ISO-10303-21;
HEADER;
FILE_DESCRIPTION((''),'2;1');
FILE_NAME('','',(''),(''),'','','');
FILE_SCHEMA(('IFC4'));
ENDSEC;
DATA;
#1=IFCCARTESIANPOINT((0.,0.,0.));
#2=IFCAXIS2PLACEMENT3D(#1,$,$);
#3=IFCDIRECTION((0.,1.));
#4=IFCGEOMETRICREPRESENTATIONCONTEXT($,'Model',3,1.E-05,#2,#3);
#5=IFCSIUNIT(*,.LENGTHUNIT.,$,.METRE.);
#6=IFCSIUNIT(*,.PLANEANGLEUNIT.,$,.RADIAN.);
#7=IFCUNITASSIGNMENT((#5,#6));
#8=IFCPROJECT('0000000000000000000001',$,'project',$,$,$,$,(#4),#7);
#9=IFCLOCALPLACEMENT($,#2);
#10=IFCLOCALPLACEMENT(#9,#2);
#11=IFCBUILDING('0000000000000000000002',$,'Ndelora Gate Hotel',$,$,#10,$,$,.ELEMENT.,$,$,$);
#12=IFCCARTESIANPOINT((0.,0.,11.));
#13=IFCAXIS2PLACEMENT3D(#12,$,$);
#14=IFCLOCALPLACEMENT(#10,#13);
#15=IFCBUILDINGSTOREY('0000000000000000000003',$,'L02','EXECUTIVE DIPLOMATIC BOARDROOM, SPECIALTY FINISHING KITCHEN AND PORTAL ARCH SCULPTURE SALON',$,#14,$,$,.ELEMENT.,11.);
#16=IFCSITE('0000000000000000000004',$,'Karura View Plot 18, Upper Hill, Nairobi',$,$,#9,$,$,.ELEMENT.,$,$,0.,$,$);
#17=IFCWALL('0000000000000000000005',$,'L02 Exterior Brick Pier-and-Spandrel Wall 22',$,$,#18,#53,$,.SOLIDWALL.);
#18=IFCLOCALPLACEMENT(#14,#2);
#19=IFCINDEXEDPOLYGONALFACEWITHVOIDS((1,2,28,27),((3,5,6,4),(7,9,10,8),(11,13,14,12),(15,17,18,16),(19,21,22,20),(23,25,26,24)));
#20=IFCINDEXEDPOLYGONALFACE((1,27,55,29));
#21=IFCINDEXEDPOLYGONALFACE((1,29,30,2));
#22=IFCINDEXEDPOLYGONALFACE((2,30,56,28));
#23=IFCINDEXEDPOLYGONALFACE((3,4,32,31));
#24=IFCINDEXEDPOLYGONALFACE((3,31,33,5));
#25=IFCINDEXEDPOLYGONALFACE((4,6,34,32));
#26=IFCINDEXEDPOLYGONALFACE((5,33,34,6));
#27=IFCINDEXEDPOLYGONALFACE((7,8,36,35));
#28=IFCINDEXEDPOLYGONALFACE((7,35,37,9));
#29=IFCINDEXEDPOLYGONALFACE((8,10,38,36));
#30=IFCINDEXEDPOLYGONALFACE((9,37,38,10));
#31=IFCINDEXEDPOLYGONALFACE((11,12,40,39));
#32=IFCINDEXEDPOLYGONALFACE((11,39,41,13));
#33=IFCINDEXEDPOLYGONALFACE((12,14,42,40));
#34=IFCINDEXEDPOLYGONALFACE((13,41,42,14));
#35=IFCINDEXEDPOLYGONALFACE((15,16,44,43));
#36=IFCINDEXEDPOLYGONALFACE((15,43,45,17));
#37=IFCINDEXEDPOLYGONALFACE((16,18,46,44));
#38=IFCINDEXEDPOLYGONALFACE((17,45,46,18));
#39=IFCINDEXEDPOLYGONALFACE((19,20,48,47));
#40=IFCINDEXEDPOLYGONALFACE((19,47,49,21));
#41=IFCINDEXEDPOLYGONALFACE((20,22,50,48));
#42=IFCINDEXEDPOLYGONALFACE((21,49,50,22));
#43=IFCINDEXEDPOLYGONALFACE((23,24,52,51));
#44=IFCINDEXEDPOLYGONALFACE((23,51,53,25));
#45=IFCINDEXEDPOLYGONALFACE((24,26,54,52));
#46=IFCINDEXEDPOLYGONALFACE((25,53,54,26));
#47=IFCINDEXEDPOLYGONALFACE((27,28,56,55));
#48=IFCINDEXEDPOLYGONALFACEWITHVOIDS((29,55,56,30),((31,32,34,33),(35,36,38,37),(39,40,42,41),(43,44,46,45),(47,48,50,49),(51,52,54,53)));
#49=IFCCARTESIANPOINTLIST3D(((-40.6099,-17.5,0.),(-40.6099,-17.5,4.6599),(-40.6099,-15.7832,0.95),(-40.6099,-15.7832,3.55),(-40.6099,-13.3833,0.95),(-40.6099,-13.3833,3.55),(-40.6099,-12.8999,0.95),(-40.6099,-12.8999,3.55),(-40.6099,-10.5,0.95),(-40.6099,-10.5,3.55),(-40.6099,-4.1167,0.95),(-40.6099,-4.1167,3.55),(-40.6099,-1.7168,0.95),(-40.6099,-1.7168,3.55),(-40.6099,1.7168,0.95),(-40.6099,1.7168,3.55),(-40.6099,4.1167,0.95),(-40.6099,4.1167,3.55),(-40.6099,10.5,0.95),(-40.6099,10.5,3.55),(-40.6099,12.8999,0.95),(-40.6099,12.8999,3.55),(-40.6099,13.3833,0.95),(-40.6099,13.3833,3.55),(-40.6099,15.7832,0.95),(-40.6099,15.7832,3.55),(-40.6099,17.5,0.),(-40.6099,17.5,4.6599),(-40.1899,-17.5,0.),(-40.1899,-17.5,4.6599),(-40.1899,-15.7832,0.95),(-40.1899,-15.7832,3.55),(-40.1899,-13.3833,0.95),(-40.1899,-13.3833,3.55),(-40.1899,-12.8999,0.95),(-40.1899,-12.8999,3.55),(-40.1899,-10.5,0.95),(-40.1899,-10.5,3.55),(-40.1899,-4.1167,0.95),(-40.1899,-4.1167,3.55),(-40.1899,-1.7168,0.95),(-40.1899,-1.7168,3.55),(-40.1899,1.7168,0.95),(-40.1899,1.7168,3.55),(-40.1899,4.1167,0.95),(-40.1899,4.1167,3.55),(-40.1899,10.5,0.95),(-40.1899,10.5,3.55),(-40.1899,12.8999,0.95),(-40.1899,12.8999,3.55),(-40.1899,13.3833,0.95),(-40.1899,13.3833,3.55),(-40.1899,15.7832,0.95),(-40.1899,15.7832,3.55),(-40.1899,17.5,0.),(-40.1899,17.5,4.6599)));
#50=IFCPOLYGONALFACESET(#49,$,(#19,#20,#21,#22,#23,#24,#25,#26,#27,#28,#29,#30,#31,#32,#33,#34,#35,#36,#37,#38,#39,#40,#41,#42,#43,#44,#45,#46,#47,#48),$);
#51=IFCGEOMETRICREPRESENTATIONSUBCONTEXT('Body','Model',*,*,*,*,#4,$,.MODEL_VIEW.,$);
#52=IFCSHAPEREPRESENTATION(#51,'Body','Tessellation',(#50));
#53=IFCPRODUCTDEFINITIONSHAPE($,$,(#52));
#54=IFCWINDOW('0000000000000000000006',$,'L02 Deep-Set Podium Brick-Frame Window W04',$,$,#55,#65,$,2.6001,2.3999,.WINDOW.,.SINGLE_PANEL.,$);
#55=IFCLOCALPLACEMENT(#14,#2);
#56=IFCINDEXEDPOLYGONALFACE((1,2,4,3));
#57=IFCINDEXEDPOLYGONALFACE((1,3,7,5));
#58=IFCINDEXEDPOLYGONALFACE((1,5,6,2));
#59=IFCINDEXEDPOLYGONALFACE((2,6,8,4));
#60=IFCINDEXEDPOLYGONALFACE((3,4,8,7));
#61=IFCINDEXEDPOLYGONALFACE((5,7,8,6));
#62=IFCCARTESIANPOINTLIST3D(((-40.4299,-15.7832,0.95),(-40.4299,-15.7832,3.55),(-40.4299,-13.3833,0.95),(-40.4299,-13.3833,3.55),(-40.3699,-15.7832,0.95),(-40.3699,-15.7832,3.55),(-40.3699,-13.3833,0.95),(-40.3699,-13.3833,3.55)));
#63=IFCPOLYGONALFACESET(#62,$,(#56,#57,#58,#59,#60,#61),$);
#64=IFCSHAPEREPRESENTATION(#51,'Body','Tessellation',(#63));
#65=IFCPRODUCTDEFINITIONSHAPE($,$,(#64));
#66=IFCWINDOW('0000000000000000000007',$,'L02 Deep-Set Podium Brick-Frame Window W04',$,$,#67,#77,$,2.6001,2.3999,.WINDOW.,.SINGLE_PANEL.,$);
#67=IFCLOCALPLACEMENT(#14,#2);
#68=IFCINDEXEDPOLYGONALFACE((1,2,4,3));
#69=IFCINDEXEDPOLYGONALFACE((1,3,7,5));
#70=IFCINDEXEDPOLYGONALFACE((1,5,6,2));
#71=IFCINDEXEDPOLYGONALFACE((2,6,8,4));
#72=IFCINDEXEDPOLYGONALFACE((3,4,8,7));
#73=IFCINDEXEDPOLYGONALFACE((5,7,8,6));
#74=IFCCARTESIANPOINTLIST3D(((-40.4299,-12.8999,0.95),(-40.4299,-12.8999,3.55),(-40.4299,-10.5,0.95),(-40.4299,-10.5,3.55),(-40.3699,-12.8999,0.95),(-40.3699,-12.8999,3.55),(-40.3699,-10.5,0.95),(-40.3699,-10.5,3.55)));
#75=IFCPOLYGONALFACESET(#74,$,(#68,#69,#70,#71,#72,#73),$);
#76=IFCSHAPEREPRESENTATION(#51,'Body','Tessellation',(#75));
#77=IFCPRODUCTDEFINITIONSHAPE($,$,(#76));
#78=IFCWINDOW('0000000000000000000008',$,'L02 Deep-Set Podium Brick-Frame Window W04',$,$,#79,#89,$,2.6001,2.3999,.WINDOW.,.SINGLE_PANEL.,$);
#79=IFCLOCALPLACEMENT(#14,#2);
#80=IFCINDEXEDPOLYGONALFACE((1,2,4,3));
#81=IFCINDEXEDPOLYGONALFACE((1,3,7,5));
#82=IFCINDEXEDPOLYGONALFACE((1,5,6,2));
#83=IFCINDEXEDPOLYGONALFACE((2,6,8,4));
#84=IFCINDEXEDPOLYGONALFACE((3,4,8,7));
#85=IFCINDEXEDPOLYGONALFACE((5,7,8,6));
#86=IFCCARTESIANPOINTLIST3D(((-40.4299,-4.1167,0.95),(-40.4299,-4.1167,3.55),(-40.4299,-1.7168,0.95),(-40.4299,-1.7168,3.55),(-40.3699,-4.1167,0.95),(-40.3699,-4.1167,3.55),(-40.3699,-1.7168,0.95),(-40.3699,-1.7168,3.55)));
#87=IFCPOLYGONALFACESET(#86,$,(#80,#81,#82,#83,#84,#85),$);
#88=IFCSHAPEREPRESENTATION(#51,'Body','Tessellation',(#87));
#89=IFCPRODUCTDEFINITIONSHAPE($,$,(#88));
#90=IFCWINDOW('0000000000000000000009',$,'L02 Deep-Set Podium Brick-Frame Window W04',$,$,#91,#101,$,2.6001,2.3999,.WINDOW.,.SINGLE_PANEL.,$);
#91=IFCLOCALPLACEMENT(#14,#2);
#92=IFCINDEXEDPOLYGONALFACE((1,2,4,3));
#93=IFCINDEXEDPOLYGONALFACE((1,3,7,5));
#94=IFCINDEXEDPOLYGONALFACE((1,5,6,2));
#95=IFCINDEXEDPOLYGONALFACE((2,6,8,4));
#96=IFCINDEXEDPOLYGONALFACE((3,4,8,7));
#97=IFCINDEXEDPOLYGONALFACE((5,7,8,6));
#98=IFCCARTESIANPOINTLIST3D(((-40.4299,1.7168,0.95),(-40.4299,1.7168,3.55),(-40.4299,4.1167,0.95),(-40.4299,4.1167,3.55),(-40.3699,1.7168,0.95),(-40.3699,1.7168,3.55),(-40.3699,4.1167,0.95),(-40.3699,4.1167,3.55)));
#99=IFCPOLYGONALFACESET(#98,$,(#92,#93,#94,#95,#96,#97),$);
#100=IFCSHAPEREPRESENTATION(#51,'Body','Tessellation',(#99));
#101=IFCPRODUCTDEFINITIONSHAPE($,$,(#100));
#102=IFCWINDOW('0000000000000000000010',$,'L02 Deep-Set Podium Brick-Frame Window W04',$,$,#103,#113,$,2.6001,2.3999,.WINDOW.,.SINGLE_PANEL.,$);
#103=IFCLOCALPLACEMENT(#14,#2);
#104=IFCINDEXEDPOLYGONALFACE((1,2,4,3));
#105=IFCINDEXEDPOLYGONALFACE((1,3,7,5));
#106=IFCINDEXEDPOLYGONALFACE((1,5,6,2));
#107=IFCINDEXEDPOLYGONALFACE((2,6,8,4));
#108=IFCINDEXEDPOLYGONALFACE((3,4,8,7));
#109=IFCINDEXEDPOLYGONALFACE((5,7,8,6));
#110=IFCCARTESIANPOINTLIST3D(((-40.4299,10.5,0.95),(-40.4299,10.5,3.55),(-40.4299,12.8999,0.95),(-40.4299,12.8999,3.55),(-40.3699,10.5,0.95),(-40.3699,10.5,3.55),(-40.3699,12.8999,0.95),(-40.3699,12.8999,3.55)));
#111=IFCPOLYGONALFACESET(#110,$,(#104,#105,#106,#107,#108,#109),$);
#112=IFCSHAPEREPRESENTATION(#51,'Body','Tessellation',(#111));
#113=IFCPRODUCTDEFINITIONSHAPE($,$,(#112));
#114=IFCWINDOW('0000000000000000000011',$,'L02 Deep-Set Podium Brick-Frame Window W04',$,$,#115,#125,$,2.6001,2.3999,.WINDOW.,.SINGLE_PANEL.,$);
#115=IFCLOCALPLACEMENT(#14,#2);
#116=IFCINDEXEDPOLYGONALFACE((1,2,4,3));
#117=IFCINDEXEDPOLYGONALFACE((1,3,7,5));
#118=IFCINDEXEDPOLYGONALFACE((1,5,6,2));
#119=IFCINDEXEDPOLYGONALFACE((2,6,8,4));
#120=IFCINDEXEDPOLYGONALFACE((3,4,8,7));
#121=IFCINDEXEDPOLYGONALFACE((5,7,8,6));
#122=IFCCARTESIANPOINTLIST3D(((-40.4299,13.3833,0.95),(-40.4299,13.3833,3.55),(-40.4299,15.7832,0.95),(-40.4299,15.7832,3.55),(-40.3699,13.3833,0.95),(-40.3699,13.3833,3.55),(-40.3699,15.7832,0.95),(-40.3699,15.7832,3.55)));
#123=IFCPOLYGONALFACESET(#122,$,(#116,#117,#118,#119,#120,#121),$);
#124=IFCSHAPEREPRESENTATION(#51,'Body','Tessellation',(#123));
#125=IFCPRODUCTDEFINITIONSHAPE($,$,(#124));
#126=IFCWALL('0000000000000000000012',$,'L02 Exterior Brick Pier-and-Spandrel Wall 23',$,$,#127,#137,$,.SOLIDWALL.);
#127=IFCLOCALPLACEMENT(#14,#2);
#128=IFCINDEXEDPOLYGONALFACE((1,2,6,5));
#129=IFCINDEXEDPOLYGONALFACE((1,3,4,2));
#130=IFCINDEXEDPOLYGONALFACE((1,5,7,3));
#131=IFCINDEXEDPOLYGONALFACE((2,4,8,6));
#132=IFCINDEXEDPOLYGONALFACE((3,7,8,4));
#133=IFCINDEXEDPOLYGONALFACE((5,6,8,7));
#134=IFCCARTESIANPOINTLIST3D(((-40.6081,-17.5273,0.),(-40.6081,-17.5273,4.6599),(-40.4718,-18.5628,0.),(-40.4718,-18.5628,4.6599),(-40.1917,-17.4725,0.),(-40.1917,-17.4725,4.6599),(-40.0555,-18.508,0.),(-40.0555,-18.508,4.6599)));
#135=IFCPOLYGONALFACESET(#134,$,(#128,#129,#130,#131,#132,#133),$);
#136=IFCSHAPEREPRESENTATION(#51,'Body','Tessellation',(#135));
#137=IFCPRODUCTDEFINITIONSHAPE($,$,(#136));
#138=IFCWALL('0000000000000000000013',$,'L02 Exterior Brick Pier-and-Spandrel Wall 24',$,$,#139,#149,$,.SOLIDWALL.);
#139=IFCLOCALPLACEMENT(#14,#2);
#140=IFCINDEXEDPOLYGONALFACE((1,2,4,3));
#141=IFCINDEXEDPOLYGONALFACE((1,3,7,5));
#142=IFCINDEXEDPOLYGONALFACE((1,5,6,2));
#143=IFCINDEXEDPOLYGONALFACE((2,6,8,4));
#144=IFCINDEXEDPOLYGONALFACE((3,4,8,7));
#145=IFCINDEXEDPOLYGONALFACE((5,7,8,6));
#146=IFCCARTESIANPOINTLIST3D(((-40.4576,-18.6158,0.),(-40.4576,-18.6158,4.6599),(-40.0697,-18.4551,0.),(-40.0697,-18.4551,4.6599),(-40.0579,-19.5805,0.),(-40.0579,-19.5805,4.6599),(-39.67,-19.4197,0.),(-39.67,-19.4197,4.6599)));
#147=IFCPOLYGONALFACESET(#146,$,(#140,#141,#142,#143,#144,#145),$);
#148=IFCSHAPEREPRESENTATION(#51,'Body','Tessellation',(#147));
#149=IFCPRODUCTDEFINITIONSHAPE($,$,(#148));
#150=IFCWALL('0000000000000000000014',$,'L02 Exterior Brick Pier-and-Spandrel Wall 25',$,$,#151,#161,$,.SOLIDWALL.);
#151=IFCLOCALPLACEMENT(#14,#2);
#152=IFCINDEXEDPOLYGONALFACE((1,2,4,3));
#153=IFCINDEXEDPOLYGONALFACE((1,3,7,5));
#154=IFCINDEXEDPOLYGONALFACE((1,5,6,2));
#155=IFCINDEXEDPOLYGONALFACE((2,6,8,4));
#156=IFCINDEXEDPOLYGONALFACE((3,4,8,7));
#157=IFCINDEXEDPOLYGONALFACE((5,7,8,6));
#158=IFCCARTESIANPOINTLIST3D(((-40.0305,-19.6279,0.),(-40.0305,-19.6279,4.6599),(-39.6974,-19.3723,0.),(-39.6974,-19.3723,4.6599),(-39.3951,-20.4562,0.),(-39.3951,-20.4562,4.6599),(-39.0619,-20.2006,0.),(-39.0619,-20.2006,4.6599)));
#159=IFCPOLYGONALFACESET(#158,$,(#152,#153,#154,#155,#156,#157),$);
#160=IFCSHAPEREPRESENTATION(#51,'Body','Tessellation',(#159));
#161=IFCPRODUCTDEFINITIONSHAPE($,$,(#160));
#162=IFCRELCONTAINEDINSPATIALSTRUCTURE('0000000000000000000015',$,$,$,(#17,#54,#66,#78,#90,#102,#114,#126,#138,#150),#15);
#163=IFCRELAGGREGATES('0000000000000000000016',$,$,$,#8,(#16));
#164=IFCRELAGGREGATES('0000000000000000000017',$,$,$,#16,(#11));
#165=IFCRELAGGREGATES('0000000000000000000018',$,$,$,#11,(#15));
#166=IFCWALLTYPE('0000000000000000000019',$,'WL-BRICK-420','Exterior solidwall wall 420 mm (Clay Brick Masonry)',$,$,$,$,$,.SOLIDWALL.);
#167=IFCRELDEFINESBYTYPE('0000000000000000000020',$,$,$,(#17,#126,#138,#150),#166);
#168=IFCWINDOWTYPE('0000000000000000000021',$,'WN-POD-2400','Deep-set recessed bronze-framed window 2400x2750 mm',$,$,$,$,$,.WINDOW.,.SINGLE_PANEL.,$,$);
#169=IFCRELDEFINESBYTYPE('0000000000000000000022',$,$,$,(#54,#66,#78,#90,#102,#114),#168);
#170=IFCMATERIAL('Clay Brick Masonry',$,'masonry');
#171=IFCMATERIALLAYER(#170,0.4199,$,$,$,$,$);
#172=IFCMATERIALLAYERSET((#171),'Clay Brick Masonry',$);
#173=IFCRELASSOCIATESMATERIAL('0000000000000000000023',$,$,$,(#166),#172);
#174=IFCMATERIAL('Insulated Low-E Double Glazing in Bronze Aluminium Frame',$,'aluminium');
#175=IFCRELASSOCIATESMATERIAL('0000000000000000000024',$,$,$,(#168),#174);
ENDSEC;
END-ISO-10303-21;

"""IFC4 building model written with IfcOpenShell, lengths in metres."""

from ifc_helpers import new_model, si_unit, direction, frame, frame_2d, origin, place, context, subcontext, project, spatial, rectangle, extrude, material, layer, layer_set, type_object, element, fill, save


model = new_model("IFC4")

# Units and contexts
model_context = context("Model", 3, precision=1e-05, world=origin(), true_north=direction((0.0, 1.0)))
body_context = subcontext(model_context, "Body", "Model", "MODEL_VIEW")
ifc_project = project(units=[si_unit("LENGTHUNIT", "METRE"), si_unit("PLANEANGLEUNIT", "RADIAN")], contexts=[model_context])

# Site, building, storey
site_placement = place(None, origin())
site = spatial("IfcSite", under=ifc_project, at=site_placement, Name="Karura View Plot 18, Upper Hill, Nairobi", CompositionType="ELEMENT", RefElevation=0.0)
building_placement = place(site_placement, origin())
building = spatial("IfcBuilding", under=site, at=building_placement, Name="Ndelora Gate Hotel", CompositionType="ELEMENT")
storey_placement = place(building_placement, frame((0.0, 0.0, 11.0)))
storey = spatial("IfcBuildingStorey", under=building, at=storey_placement, Name="L02", Description="EXECUTIVE DIPLOMATIC BOARDROOM, SPECIALTY FINISHING KITCHEN AND PORTAL ARCH SCULPTURE SALON", CompositionType="ELEMENT", Elevation=11.0)

# Wall, openings, windows
ifc_material_1 = material(Name="Clay Brick Masonry", Category="masonry")
ifc_layer_1 = layer(ifc_material_1, 0.4199)
ifc_layer_set_1 = layer_set([ifc_layer_1], Name="Clay Brick Masonry")
wall_type_1 = type_object("IfcWallType", Name="WL-BRICK-420", Description="Exterior solidwall wall 420 mm (Clay Brick Masonry)", PredefinedType="SOLIDWALL", material=ifc_layer_set_1)
wall_1_placement = place(storey_placement, frame((-40.3999, -17.5, 0.0), z_axis=(0.0, 0.0, 1.0), x_axis=(0.0, 1.0, 0.0)))
wall_1 = element("IfcWall", 1, at=wall_1_placement, inside=storey, type_object=wall_type_1, Name="L02 Exterior Brick Pier-and-Spandrel Wall 22", PredefinedType="SOLIDWALL", context=body_context, shape_type="SweptSolid", body=[
    extrude(rectangle(XDim=35.0, YDim=0.4199, at=frame_2d((17.5, 0.0))), origin(), (0.0, 0.0, 1.0), 4.6599),
])
opening_1_placement = place(wall_1_placement, frame((1.7168, 0.0, 0.95)))
opening_1 = element("IfcOpeningElement", 2, at=opening_1_placement, cuts=wall_1, PredefinedType="OPENING", context=body_context, shape_type="SweptSolid", body=[
    extrude(rectangle(XDim=2.3999, YDim=2.6001, at=frame_2d((1.2, 1.3))), frame((0.0, 0.22, 0.0), z_axis=(0.0, -1.0, 0.0), x_axis=(1.0, 0.0, 0.0)), (0.0, 0.0, 1.0), 0.4399),
])
opening_2_placement = place(wall_1_placement, frame((4.6001, 0.0, 0.95)))
opening_2 = element("IfcOpeningElement", 3, at=opening_2_placement, cuts=wall_1, PredefinedType="OPENING", context=body_context, shape_type="SweptSolid", body=[
    extrude(rectangle(XDim=2.3999, YDim=2.6001, at=frame_2d((1.2, 1.3))), frame((0.0, 0.22, 0.0), z_axis=(0.0, -1.0, 0.0), x_axis=(1.0, 0.0, 0.0)), (0.0, 0.0, 1.0), 0.4399),
])
opening_3_placement = place(wall_1_placement, frame((13.3833, 0.0, 0.95)))
opening_3 = element("IfcOpeningElement", 4, at=opening_3_placement, cuts=wall_1, PredefinedType="OPENING", context=body_context, shape_type="SweptSolid", body=[
    extrude(rectangle(XDim=2.3999, YDim=2.6001, at=frame_2d((1.2, 1.3))), frame((0.0, 0.22, 0.0), z_axis=(0.0, -1.0, 0.0), x_axis=(1.0, 0.0, 0.0)), (0.0, 0.0, 1.0), 0.4399),
])
opening_4_placement = place(wall_1_placement, frame((19.2168, 0.0, 0.95)))
opening_4 = element("IfcOpeningElement", 5, at=opening_4_placement, cuts=wall_1, PredefinedType="OPENING", context=body_context, shape_type="SweptSolid", body=[
    extrude(rectangle(XDim=2.3999, YDim=2.6001, at=frame_2d((1.2, 1.3))), frame((0.0, 0.22, 0.0), z_axis=(0.0, -1.0, 0.0), x_axis=(1.0, 0.0, 0.0)), (0.0, 0.0, 1.0), 0.4399),
])
opening_5_placement = place(wall_1_placement, frame((28.0, 0.0, 0.95)))
opening_5 = element("IfcOpeningElement", 6, at=opening_5_placement, cuts=wall_1, PredefinedType="OPENING", context=body_context, shape_type="SweptSolid", body=[
    extrude(rectangle(XDim=2.3999, YDim=2.6001, at=frame_2d((1.2, 1.3))), frame((0.0, 0.22, 0.0), z_axis=(0.0, -1.0, 0.0), x_axis=(1.0, 0.0, 0.0)), (0.0, 0.0, 1.0), 0.4399),
])
opening_6_placement = place(wall_1_placement, frame((30.8833, 0.0, 0.95)))
opening_6 = element("IfcOpeningElement", 7, at=opening_6_placement, cuts=wall_1, PredefinedType="OPENING", context=body_context, shape_type="SweptSolid", body=[
    extrude(rectangle(XDim=2.3999, YDim=2.6001, at=frame_2d((1.2, 1.3))), frame((0.0, 0.22, 0.0), z_axis=(0.0, -1.0, 0.0), x_axis=(1.0, 0.0, 0.0)), (0.0, 0.0, 1.0), 0.4399),
])
ifc_material_2 = material(Name="Insulated Low-E Double Glazing in Bronze Aluminium Frame", Category="aluminium")
window_type = type_object("IfcWindowType", Name="WN-POD-2400", Description="Deep-set recessed bronze-framed window 2400x2750 mm", PartitioningType="SINGLE_PANEL", PredefinedType="WINDOW", material=ifc_material_2)
window_1_placement = place(opening_1_placement, origin())
window_1 = element("IfcWindow", 8, at=window_1_placement, inside=storey, type_object=window_type, Name="L02 Deep-Set Podium Brick-Frame Window W04", OverallHeight=2.6001, OverallWidth=2.3999, PartitioningType="SINGLE_PANEL", PredefinedType="WINDOW", context=body_context, shape_type="SweptSolid", body=[
    extrude(rectangle(XDim=2.3999, YDim=2.6001, at=frame_2d((1.2, 1.3))), frame((0.0, 0.03, 0.0), z_axis=(0.0, -1.0, 0.0), x_axis=(1.0, 0.0, 0.0)), (0.0, 0.0, 1.0), 0.0601),
])
fill(opening_1, window_1)
window_2_placement = place(opening_2_placement, origin())
window_2 = element("IfcWindow", 9, at=window_2_placement, inside=storey, type_object=window_type, Name="L02 Deep-Set Podium Brick-Frame Window W04", OverallHeight=2.6001, OverallWidth=2.3999, PartitioningType="SINGLE_PANEL", PredefinedType="WINDOW", context=body_context, shape_type="SweptSolid", body=[
    extrude(rectangle(XDim=2.3999, YDim=2.6001, at=frame_2d((1.2, 1.3))), frame((0.0, 0.03, 0.0), z_axis=(0.0, -1.0, 0.0), x_axis=(1.0, 0.0, 0.0)), (0.0, 0.0, 1.0), 0.0601),
])
fill(opening_2, window_2)
window_3_placement = place(opening_3_placement, origin())
window_3 = element("IfcWindow", 10, at=window_3_placement, inside=storey, type_object=window_type, Name="L02 Deep-Set Podium Brick-Frame Window W04", OverallHeight=2.6001, OverallWidth=2.3999, PartitioningType="SINGLE_PANEL", PredefinedType="WINDOW", context=body_context, shape_type="SweptSolid", body=[
    extrude(rectangle(XDim=2.3999, YDim=2.6001, at=frame_2d((1.2, 1.3))), frame((0.0, 0.03, 0.0), z_axis=(0.0, -1.0, 0.0), x_axis=(1.0, 0.0, 0.0)), (0.0, 0.0, 1.0), 0.0601),
])
fill(opening_3, window_3)
window_4_placement = place(opening_4_placement, origin())
window_4 = element("IfcWindow", 11, at=window_4_placement, inside=storey, type_object=window_type, Name="L02 Deep-Set Podium Brick-Frame Window W04", OverallHeight=2.6001, OverallWidth=2.3999, PartitioningType="SINGLE_PANEL", PredefinedType="WINDOW", context=body_context, shape_type="SweptSolid", body=[
    extrude(rectangle(XDim=2.3999, YDim=2.6001, at=frame_2d((1.2, 1.3))), frame((0.0, 0.03, 0.0), z_axis=(0.0, -1.0, 0.0), x_axis=(1.0, 0.0, 0.0)), (0.0, 0.0, 1.0), 0.0601),
])
fill(opening_4, window_4)
window_5_placement = place(opening_5_placement, origin())
window_5 = element("IfcWindow", 12, at=window_5_placement, inside=storey, type_object=window_type, Name="L02 Deep-Set Podium Brick-Frame Window W04", OverallHeight=2.6001, OverallWidth=2.3999, PartitioningType="SINGLE_PANEL", PredefinedType="WINDOW", context=body_context, shape_type="SweptSolid", body=[
    extrude(rectangle(XDim=2.3999, YDim=2.6001, at=frame_2d((1.2, 1.3))), frame((0.0, 0.03, 0.0), z_axis=(0.0, -1.0, 0.0), x_axis=(1.0, 0.0, 0.0)), (0.0, 0.0, 1.0), 0.0601),
])
fill(opening_5, window_5)
window_6_placement = place(opening_6_placement, origin())
window_6 = element("IfcWindow", 13, at=window_6_placement, inside=storey, type_object=window_type, Name="L02 Deep-Set Podium Brick-Frame Window W04", OverallHeight=2.6001, OverallWidth=2.3999, PartitioningType="SINGLE_PANEL", PredefinedType="WINDOW", context=body_context, shape_type="SweptSolid", body=[
    extrude(rectangle(XDim=2.3999, YDim=2.6001, at=frame_2d((1.2, 1.3))), frame((0.0, 0.03, 0.0), z_axis=(0.0, -1.0, 0.0), x_axis=(1.0, 0.0, 0.0)), (0.0, 0.0, 1.0), 0.0601),
])
fill(opening_6, window_6)

# Walls
wall_2_placement = place(storey_placement, frame((-40.2637, -18.5354, 0.0), z_axis=(0.0, 0.0, 1.0), x_axis=(-0.130448, 0.991455, 0.0)))
element("IfcWall", 14, at=wall_2_placement, inside=storey, type_object=wall_type_1, Name="L02 Exterior Brick Pier-and-Spandrel Wall 23", PredefinedType="SOLIDWALL", context=body_context, shape_type="SweptSolid", body=[
    extrude(rectangle(XDim=1.0444, YDim=0.4199, at=frame_2d((0.5222, 0.0))), origin(), (0.0, 0.0, 1.0), 4.6599),
])
wall_3_placement = place(storey_placement, frame((-39.864, -19.5, 0.0), z_axis=(0.0, 0.0, 1.0), x_axis=(-0.382772, 0.923843, 0.0)))
element("IfcWall", 15, at=wall_3_placement, inside=storey, type_object=wall_type_1, Name="L02 Exterior Brick Pier-and-Spandrel Wall 24", PredefinedType="SOLIDWALL", context=body_context, shape_type="SweptSolid", body=[
    extrude(rectangle(XDim=1.0442, YDim=0.4199, at=frame_2d((0.522, 0.0))), origin(), (0.0, 0.0, 1.0), 4.6599),
])
wall_4_placement = place(storey_placement, frame((-39.2285, -20.3284, 0.0), z_axis=(0.0, 0.0, 1.0), x_axis=(-0.608682, 0.793414, 0.0)))
element("IfcWall", 16, at=wall_4_placement, inside=storey, type_object=wall_type_1, Name="L02 Exterior Brick Pier-and-Spandrel Wall 25", PredefinedType="SOLIDWALL", context=body_context, shape_type="SweptSolid", body=[
    extrude(rectangle(XDim=1.0439, YDim=0.4199, at=frame_2d((0.522, 0.0))), origin(), (0.0, 0.0, 1.0), 4.6599),
])

save(model, "model.ifc")
